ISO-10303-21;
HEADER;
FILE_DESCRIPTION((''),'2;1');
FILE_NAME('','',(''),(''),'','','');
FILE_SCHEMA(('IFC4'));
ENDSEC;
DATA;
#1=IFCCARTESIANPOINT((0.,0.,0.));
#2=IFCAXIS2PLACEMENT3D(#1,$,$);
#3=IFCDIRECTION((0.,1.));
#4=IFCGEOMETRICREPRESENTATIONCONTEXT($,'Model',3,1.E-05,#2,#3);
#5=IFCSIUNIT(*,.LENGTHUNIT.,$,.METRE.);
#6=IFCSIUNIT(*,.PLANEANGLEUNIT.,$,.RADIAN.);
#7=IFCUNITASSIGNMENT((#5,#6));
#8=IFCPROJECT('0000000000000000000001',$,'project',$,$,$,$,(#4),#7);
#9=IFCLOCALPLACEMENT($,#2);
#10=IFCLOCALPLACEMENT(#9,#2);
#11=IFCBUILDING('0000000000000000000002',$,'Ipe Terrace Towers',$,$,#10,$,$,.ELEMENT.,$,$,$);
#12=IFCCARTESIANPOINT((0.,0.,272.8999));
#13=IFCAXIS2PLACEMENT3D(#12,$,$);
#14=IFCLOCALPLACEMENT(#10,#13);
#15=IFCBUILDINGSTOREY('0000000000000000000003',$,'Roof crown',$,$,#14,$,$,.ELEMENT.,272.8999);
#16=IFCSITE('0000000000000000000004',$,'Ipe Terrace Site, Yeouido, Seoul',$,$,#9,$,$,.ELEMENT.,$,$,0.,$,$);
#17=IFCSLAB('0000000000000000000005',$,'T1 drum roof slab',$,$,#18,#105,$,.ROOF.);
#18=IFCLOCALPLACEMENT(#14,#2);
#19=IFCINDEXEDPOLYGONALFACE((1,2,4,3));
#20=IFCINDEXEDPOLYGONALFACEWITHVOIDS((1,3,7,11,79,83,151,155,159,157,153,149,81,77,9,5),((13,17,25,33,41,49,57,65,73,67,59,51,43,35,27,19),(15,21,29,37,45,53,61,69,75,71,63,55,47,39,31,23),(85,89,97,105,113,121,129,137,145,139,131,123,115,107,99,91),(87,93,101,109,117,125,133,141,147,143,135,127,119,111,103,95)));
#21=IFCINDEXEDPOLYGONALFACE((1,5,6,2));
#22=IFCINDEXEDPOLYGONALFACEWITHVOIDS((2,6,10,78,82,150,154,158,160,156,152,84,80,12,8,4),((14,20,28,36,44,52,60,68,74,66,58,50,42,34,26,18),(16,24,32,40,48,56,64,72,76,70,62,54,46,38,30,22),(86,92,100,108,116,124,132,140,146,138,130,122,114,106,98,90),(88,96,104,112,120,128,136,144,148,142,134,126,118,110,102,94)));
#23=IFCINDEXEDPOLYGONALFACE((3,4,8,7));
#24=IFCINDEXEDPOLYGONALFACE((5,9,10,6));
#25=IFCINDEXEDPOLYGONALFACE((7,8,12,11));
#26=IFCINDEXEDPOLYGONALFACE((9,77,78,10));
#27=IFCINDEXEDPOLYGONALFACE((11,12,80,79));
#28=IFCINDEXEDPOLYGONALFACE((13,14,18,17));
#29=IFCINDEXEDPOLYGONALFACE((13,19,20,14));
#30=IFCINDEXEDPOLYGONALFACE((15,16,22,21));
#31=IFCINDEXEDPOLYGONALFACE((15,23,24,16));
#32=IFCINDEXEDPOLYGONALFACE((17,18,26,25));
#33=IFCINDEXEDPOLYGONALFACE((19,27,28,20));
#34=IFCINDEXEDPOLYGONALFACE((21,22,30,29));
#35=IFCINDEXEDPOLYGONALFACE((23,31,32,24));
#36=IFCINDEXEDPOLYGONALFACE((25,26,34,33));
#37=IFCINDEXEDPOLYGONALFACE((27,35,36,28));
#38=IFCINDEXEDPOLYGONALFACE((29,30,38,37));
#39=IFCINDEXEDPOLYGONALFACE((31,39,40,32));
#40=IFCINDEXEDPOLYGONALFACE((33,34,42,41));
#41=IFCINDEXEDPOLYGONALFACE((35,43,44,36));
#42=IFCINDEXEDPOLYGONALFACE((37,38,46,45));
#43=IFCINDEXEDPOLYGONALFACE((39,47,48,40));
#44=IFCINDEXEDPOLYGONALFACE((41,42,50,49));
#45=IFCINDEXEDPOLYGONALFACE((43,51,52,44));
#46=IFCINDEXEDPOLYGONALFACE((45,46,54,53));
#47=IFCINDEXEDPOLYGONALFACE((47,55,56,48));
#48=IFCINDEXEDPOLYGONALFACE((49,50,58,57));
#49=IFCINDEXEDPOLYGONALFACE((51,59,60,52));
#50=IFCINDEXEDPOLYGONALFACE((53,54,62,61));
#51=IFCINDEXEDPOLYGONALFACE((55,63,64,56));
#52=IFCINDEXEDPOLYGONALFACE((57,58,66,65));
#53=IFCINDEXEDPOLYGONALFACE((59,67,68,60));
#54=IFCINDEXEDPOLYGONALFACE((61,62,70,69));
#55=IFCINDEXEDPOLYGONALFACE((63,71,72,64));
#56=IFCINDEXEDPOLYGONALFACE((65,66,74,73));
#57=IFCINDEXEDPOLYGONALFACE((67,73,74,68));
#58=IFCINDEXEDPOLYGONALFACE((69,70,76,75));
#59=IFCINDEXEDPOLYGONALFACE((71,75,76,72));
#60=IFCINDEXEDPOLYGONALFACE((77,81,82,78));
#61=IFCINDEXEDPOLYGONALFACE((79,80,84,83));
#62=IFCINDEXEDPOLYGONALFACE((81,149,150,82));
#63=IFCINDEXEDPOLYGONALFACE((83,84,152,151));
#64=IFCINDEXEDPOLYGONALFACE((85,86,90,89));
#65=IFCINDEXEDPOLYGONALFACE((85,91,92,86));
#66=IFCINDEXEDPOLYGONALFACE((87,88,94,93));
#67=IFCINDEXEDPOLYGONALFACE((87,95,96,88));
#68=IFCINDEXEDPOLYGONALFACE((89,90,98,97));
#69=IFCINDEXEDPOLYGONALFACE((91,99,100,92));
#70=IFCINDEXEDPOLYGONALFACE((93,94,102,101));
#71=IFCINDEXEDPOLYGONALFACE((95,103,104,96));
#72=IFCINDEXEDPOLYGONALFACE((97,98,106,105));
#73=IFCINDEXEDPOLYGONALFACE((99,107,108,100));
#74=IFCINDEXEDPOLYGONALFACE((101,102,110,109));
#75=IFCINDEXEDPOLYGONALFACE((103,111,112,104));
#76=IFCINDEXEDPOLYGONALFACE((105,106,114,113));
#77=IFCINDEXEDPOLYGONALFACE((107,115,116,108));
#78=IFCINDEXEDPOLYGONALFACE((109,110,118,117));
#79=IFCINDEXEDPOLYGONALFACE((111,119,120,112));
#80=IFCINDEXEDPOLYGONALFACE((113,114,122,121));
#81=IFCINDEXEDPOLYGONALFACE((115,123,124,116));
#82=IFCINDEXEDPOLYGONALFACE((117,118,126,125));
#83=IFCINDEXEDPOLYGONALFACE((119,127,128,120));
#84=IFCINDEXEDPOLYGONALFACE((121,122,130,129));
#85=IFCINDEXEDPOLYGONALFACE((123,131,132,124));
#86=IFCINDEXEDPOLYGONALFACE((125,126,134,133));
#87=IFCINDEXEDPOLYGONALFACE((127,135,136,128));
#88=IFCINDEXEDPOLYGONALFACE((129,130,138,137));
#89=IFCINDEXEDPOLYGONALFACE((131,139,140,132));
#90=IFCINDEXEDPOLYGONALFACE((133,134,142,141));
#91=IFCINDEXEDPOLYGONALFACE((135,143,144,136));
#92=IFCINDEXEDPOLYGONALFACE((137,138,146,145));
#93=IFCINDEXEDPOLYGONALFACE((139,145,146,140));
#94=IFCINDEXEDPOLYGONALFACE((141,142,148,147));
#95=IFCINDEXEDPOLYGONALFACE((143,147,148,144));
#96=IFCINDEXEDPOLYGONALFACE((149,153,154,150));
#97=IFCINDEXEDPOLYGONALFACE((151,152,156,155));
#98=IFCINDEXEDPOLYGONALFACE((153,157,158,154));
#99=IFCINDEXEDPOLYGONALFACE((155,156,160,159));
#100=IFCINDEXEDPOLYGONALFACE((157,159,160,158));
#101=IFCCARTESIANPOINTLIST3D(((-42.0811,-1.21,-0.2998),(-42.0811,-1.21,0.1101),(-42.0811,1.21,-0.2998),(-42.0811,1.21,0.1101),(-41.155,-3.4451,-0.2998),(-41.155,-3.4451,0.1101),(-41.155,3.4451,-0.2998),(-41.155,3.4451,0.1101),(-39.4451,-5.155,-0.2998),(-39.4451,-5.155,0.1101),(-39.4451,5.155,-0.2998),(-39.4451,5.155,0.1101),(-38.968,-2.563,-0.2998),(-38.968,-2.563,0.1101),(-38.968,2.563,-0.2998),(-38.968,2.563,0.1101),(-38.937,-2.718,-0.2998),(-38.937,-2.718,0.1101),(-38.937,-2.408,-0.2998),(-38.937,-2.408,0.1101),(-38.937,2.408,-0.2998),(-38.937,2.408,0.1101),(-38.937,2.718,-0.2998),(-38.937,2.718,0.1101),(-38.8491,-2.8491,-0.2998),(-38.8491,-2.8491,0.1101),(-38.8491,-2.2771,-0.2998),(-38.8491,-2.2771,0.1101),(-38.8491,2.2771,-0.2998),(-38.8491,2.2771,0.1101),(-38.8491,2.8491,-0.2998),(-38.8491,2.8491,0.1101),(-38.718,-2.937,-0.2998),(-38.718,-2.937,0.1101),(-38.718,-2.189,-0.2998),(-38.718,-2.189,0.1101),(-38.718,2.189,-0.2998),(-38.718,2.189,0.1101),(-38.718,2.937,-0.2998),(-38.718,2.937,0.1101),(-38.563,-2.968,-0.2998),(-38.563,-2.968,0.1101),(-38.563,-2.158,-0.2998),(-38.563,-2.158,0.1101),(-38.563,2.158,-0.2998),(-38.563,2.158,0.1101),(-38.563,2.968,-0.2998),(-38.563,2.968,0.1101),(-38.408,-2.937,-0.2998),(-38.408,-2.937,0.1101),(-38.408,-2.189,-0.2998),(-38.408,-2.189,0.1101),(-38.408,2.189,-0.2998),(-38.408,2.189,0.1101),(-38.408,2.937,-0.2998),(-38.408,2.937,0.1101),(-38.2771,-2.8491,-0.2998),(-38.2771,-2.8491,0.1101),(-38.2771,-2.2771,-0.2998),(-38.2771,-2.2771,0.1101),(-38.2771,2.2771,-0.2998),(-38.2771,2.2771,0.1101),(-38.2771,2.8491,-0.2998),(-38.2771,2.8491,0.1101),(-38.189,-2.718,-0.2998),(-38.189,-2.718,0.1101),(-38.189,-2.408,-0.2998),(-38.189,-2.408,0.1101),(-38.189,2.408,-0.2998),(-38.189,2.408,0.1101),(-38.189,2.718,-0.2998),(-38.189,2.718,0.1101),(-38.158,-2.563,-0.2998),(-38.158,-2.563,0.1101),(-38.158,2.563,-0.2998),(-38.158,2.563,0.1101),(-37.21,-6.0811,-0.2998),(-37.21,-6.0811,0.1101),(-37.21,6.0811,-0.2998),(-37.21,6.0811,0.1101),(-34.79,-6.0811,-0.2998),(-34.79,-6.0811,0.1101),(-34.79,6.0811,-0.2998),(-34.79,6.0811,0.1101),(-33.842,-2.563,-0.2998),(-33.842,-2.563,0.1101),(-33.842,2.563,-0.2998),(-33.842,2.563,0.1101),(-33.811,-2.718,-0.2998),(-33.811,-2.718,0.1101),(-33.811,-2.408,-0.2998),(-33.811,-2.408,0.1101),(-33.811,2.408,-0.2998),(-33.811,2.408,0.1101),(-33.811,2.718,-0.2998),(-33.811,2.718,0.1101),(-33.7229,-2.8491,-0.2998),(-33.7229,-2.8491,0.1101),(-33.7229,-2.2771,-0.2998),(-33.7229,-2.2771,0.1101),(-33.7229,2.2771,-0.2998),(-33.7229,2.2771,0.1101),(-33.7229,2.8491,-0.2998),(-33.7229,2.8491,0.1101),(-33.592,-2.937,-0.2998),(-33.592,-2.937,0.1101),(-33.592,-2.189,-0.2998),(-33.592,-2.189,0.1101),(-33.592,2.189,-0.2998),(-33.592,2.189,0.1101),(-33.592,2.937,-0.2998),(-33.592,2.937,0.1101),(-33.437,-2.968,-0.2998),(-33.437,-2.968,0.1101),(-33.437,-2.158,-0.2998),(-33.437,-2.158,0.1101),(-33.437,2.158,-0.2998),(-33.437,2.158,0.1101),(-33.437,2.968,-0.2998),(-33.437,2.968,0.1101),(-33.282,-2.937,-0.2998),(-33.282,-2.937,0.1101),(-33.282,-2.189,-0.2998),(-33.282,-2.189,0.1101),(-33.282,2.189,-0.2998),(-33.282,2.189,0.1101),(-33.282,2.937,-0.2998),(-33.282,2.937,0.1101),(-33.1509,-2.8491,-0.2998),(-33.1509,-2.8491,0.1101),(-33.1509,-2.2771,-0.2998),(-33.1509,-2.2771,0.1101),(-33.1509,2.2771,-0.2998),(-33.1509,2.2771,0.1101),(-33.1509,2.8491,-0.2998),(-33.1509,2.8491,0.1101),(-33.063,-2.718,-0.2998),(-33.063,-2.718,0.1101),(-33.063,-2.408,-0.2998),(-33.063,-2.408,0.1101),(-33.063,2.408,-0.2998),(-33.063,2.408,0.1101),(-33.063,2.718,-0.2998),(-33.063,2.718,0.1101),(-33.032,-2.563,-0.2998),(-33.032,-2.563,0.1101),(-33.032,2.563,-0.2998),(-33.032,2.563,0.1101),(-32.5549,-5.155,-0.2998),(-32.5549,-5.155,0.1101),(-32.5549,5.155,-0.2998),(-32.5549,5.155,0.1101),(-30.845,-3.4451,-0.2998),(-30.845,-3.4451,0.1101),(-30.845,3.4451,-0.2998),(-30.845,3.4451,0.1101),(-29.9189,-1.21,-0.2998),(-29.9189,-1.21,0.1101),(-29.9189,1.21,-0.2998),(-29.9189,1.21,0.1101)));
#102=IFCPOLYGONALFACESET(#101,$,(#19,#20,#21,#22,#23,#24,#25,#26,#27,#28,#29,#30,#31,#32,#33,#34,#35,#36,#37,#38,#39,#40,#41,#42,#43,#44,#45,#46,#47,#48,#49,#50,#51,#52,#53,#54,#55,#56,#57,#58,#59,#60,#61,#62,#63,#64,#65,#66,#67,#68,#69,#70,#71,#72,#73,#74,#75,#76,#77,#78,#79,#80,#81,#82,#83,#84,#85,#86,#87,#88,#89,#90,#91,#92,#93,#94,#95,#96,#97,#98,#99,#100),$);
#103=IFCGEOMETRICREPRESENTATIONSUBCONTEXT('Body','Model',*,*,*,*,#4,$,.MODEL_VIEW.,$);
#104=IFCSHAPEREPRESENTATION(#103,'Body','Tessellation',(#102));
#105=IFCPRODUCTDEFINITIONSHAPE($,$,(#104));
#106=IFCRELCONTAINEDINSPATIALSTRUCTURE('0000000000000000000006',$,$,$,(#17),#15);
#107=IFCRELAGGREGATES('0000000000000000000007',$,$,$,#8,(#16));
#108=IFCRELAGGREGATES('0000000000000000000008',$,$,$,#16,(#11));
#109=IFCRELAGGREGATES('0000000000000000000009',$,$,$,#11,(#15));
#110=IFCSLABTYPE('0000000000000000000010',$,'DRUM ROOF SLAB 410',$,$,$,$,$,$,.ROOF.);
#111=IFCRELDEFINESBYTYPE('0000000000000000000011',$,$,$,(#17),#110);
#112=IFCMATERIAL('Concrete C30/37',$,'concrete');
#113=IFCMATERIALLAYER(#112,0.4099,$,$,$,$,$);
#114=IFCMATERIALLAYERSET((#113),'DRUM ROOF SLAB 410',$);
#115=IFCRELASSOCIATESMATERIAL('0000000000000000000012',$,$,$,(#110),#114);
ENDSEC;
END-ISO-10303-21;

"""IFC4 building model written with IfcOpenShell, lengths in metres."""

from ifc_helpers import new_model, si_unit, direction, frame, origin, place, context, subcontext, project, spatial, polyline, outline, extrude, material, layer, layer_set, type_object, element, save


model = new_model("IFC4")

# Units and contexts
model_context = context("Model", 3, precision=1e-05, world=origin(), true_north=direction((0.0, 1.0)))
body_context = subcontext(model_context, "Body", "Model", "MODEL_VIEW")
ifc_project = project(units=[si_unit("LENGTHUNIT", "METRE"), si_unit("PLANEANGLEUNIT", "RADIAN")], contexts=[model_context])

# Site, building, storey
site_placement = place(None, origin())
site = spatial("IfcSite", under=ifc_project, at=site_placement, Name="Ipe Terrace Site, Yeouido, Seoul", CompositionType="ELEMENT", RefElevation=0.0)
building_placement = place(site_placement, origin())
building = spatial("IfcBuilding", under=site, at=building_placement, Name="Ipe Terrace Towers", CompositionType="ELEMENT")
storey_placement = place(building_placement, frame((0.0, 0.0, 272.8999)))
storey = spatial("IfcBuildingStorey", under=building, at=storey_placement, Name="Roof crown", CompositionType="ELEMENT", Elevation=272.8999)

# Slab
ifc_material_1 = material(Name="Concrete C30/37", Category="concrete")
ifc_layer_1 = layer(ifc_material_1, 0.4099)
ifc_layer_set_1 = layer_set([ifc_layer_1], Name="DRUM ROOF SLAB 410")
slab_type_1 = type_object("IfcSlabType", Name="DRUM ROOF SLAB 410", PredefinedType="ROOF", material=ifc_layer_set_1)
slab_1_placement = place(storey_placement, frame((0.0, 0.0, -0.2998)))
element("IfcSlab", 1, at=slab_1_placement, inside=storey, type_object=slab_type_1, Name="T1 drum roof slab", PredefinedType="ROOF", context=body_context, shape_type="SweptSolid", body=[
    extrude(outline(polyline([(-29.9189, 1.21), (-30.845, 3.4451), (-32.5549, 5.155), (-34.79, 6.0811), (-37.21, 6.0811), (-39.4451, 5.155), (-41.155, 3.4451), (-42.0811, 1.21), (-42.0811, -1.21), (-41.155, -3.4451), (-39.4451, -5.155), (-37.21, -6.0811), (-34.79, -6.0811), (-32.5549, -5.155), (-30.845, -3.4451), (-29.9189, -1.21), (-29.9189, 1.21)]), holes=[polyline([(-38.158, -2.563), (-38.189, -2.408), (-38.2771, -2.2771), (-38.408, -2.189), (-38.563, -2.158), (-38.718, -2.189), (-38.8491, -2.2771), (-38.937, -2.408), (-38.968, -2.563), (-38.937, -2.718), (-38.8491, -2.8491), (-38.718, -2.937), (-38.563, -2.968), (-38.408, -2.937), (-38.2771, -2.8491), (-38.189, -2.718), (-38.158, -2.563)]), polyline([(-38.158, 2.563), (-38.189, 2.718), (-38.2771, 2.8491), (-38.408, 2.937), (-38.563, 2.968), (-38.718, 2.937), (-38.8491, 2.8491), (-38.937, 2.718), (-38.968, 2.563), (-38.937, 2.408), (-38.8491, 2.2771), (-38.718, 2.189), (-38.563, 2.158), (-38.408, 2.189), (-38.2771, 2.2771), (-38.189, 2.408), (-38.158, 2.563)]), polyline([(-33.032, -2.563), (-33.063, -2.408), (-33.1509, -2.2771), (-33.282, -2.189), (-33.437, -2.158), (-33.592, -2.189), (-33.7229, -2.2771), (-33.811, -2.408), (-33.842, -2.563), (-33.811, -2.718), (-33.7229, -2.8491), (-33.592, -2.937), (-33.437, -2.968), (-33.282, -2.937), (-33.1509, -2.8491), (-33.063, -2.718), (-33.032, -2.563)]), polyline([(-33.032, 2.563), (-33.063, 2.718), (-33.1509, 2.8491), (-33.282, 2.937), (-33.437, 2.968), (-33.592, 2.937), (-33.7229, 2.8491), (-33.811, 2.718), (-33.842, 2.563), (-33.811, 2.408), (-33.7229, 2.2771), (-33.592, 2.189), (-33.437, 2.158), (-33.282, 2.189), (-33.1509, 2.2771), (-33.063, 2.408), (-33.032, 2.563)])]), origin(), (0.0, 0.0, 1.0), 0.4099),
])

save(model, "model.ifc")
